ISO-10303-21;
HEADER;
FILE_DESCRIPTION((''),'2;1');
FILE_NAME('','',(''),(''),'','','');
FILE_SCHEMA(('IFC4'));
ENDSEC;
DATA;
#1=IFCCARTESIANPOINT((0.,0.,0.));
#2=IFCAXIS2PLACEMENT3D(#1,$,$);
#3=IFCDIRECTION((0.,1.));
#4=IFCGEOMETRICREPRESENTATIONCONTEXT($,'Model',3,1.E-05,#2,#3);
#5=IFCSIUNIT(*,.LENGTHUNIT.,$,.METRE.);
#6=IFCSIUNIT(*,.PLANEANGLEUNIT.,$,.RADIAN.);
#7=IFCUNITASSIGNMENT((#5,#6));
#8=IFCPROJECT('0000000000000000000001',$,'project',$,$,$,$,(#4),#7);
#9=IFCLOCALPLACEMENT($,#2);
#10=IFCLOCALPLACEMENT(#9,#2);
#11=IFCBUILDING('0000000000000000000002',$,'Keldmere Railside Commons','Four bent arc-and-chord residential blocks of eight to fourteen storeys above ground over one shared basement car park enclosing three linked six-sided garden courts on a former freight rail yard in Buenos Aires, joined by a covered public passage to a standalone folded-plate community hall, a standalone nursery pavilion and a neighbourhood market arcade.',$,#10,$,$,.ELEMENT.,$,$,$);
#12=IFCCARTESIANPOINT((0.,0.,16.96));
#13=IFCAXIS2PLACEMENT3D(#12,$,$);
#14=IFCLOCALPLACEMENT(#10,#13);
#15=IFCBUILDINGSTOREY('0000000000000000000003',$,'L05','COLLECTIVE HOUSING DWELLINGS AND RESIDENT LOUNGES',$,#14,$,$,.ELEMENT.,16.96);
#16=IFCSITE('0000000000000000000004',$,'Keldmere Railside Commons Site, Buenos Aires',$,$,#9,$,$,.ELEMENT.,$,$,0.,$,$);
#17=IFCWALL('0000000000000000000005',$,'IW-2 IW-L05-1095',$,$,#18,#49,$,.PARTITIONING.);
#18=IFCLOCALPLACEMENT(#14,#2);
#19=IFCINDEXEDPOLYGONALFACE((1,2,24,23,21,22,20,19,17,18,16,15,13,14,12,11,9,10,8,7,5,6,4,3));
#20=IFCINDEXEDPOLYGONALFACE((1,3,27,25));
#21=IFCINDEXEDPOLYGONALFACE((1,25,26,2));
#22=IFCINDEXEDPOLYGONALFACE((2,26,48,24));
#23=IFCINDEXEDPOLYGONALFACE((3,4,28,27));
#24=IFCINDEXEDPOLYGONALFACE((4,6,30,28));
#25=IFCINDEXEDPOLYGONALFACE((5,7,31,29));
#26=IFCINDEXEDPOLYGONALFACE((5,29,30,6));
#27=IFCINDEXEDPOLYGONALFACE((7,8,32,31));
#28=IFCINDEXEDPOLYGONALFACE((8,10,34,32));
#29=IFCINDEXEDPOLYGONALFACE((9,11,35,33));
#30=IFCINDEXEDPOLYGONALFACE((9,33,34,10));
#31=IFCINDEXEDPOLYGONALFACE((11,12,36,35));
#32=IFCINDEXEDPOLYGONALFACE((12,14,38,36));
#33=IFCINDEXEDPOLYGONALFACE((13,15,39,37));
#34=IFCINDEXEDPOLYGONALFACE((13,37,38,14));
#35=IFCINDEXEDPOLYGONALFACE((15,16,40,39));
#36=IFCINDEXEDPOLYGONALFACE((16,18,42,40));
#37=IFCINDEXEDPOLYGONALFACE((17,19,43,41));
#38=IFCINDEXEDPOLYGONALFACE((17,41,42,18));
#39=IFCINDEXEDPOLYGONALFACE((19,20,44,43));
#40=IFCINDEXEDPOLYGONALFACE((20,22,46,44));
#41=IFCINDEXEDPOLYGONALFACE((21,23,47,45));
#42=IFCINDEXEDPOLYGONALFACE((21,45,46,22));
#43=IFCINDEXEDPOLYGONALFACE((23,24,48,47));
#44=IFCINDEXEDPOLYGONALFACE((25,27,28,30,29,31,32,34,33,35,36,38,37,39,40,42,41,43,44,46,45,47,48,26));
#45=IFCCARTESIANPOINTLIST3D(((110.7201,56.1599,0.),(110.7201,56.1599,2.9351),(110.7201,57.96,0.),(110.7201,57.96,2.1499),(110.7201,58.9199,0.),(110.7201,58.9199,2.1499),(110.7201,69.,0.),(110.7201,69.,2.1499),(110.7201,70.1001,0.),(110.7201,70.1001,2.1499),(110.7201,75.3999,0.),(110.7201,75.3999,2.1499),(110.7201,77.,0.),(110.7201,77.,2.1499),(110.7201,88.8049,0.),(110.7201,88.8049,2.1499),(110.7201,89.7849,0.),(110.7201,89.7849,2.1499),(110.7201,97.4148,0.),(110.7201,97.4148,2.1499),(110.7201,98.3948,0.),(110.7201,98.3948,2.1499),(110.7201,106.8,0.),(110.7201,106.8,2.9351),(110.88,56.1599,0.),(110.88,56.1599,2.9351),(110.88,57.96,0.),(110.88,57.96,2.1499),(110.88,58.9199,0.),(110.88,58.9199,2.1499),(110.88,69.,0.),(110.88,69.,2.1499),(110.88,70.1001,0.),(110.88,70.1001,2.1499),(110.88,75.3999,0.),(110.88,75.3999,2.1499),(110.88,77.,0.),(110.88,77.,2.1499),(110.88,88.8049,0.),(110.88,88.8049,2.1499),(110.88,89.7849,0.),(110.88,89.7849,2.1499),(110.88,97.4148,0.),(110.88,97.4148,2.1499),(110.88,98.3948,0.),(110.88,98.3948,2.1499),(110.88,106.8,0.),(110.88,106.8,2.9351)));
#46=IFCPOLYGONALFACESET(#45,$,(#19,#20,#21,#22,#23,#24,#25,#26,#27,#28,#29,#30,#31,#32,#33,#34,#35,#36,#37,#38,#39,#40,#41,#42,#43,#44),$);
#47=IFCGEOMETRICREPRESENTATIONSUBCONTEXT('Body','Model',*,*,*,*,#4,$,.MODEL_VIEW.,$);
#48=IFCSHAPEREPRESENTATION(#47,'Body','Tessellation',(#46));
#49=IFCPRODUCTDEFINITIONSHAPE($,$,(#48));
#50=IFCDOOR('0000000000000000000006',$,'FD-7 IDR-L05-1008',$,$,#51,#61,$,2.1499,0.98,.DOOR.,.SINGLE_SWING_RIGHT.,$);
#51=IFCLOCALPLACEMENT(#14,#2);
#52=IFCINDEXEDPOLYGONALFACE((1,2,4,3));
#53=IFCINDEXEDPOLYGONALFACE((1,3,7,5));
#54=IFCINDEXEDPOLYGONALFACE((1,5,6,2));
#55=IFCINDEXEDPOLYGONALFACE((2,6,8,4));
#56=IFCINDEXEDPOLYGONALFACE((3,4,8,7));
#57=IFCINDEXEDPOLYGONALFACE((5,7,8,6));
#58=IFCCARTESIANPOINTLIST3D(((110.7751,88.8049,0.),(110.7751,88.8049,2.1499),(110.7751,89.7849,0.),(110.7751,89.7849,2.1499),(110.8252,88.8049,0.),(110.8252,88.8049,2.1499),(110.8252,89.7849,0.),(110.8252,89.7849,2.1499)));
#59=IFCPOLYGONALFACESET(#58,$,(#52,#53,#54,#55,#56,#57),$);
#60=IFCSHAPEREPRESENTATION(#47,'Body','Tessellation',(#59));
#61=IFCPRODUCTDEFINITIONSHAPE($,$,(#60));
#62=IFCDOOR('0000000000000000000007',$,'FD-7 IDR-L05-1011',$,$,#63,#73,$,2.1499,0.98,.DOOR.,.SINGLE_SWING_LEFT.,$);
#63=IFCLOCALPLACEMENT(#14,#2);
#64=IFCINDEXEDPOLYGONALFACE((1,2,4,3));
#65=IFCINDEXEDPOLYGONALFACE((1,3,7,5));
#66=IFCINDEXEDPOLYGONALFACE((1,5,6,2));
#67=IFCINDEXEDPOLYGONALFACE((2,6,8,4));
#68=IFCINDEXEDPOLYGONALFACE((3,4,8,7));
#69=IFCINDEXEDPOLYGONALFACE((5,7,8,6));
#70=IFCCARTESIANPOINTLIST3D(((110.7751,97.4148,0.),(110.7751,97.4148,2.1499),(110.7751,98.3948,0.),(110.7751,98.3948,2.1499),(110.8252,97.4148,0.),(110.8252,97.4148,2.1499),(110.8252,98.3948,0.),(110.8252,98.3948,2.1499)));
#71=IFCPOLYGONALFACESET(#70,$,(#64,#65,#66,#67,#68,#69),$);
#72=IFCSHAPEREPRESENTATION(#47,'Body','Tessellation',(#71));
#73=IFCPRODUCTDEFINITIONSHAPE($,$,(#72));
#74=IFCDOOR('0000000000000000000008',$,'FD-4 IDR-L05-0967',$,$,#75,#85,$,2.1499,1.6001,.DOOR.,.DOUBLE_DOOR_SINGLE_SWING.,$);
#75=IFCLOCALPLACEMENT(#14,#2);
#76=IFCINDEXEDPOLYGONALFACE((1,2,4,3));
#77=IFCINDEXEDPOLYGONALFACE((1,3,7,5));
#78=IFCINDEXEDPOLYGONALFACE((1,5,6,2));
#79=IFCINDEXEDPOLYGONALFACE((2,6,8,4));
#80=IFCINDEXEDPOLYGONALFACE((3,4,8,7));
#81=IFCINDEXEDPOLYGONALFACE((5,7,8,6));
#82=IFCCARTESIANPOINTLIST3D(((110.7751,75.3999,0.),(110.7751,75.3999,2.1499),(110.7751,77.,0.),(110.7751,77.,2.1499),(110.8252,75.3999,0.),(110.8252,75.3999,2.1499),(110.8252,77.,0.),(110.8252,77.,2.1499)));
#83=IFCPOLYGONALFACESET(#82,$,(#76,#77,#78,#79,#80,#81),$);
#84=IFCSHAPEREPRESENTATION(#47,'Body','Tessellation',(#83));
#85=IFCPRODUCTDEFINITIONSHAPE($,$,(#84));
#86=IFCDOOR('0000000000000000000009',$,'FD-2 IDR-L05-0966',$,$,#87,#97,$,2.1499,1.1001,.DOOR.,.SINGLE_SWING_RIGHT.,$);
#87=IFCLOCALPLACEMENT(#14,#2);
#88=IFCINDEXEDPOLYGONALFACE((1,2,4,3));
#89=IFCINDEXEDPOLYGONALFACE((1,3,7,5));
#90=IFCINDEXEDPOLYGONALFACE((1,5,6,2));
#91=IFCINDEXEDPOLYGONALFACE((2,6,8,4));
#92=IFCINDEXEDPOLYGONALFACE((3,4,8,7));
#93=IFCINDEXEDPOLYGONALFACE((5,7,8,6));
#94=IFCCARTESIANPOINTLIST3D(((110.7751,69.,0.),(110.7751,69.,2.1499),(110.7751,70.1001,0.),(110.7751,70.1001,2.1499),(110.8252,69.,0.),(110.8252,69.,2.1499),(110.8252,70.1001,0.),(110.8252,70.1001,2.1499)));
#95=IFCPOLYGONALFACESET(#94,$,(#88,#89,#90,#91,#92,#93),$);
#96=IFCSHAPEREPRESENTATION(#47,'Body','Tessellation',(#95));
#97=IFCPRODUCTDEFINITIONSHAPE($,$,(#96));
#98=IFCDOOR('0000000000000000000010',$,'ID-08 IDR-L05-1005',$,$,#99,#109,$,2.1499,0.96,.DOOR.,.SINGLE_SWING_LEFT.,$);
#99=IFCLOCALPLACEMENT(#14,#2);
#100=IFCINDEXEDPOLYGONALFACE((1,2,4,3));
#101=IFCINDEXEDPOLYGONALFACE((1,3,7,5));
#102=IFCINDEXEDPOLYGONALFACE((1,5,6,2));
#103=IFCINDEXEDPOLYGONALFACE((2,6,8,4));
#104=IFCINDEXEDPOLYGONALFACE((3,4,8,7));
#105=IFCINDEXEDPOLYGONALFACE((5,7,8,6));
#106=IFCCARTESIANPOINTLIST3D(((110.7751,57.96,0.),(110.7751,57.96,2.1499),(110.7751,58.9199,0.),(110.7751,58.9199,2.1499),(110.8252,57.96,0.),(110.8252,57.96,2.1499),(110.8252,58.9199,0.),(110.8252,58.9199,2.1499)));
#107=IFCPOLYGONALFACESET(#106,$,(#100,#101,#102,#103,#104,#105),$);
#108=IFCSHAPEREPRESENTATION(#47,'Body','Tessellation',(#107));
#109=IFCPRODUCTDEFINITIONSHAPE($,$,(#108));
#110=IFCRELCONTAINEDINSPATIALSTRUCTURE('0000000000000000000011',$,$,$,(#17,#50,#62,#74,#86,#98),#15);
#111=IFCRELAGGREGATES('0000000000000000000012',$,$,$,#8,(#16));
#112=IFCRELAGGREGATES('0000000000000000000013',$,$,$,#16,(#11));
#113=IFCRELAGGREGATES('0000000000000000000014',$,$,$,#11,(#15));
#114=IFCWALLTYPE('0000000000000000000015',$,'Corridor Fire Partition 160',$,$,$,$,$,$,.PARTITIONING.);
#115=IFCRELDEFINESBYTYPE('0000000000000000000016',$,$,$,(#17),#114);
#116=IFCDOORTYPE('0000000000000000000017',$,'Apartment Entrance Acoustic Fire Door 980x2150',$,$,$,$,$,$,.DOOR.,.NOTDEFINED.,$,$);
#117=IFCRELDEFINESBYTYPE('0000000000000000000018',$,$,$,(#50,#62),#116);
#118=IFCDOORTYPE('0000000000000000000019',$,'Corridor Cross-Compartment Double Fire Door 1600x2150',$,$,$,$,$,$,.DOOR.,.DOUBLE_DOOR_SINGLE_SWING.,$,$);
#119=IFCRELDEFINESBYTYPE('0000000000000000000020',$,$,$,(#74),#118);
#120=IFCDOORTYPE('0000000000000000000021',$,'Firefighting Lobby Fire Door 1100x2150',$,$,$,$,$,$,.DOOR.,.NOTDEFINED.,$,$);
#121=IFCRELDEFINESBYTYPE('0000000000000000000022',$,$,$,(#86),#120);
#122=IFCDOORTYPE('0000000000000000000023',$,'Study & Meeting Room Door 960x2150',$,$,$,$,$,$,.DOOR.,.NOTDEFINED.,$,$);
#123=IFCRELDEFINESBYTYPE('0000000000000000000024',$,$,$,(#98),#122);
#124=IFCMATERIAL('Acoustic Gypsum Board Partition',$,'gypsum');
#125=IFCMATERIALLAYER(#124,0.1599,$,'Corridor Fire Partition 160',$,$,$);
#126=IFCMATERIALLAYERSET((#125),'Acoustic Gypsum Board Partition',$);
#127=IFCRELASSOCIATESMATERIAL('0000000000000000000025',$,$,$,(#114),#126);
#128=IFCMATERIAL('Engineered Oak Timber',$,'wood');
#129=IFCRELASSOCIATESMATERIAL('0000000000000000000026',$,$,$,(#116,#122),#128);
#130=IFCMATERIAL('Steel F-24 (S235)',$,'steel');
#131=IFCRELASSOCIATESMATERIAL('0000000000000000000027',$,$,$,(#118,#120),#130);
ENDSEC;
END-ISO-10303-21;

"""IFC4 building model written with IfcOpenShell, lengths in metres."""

from ifc_helpers import new_model, si_unit, direction, frame, frame_2d, origin, place, context, subcontext, project, spatial, rectangle, extrude, material, layer, layer_set, type_object, element, fill, save


model = new_model("IFC4")

# Units and contexts
model_context = context("Model", 3, precision=1e-05, world=origin(), true_north=direction((0.0, 1.0)))
body_context = subcontext(model_context, "Body", "Model", "MODEL_VIEW")
ifc_project = project(units=[si_unit("LENGTHUNIT", "METRE"), si_unit("PLANEANGLEUNIT", "RADIAN")], contexts=[model_context])

# Site, building, storey
site_placement = place(None, origin())
site = spatial("IfcSite", under=ifc_project, at=site_placement, Name="Keldmere Railside Commons Site, Buenos Aires", CompositionType="ELEMENT", RefElevation=0.0)
building_placement = place(site_placement, origin())
building = spatial("IfcBuilding", under=site, at=building_placement, Name="Keldmere Railside Commons", Description="Four bent arc-and-chord residential blocks of eight to fourteen storeys above ground over one shared basement car park enclosing three linked six-sided garden courts on a former freight rail yard in Buenos Aires, joined by a covered public passage to a standalone folded-plate community hall, a standalone nursery pavilion and a neighbourhood market arcade.", CompositionType="ELEMENT")
storey_placement = place(building_placement, frame((0.0, 0.0, 16.96)))
storey = spatial("IfcBuildingStorey", under=building, at=storey_placement, Name="L05", Description="COLLECTIVE HOUSING DWELLINGS AND RESIDENT LOUNGES", CompositionType="ELEMENT", Elevation=16.96)

# Shared definitions
ifc_material_1 = material(Name="Acoustic Gypsum Board Partition", Category="gypsum")
ifc_material_2 = material(Name="Engineered Oak Timber", Category="wood")

# Wall, openings, doors
ifc_layer_1 = layer(ifc_material_1, 0.1599, Name="Corridor Fire Partition 160")
ifc_layer_set_1 = layer_set([ifc_layer_1], Name="Acoustic Gypsum Board Partition")
wall_type_1 = type_object("IfcWallType", Name="Corridor Fire Partition 160", PredefinedType="PARTITIONING", material=ifc_layer_set_1)
wall_1_placement = place(storey_placement, frame((110.8, 56.1599, 0.0), z_axis=(0.0, 0.0, 1.0), x_axis=(0.0, 1.0, 0.0)))
wall_1 = element("IfcWall", 1, at=wall_1_placement, inside=storey, type_object=wall_type_1, Name="IW-2 IW-L05-1095", PredefinedType="PARTITIONING", context=body_context, shape_type="SweptSolid", body=[
    extrude(rectangle(XDim=50.6401, YDim=0.1599, at=frame_2d((25.3201, 0.0))), origin(), (0.0, 0.0, 1.0), 2.9351),
])
opening_1_placement = place(wall_1_placement, frame((12.8401, 0.0, 0.0)))
opening_1 = element("IfcOpeningElement", 2, at=opening_1_placement, cuts=wall_1, PredefinedType="OPENING", context=body_context, shape_type="SweptSolid", body=[
    extrude(rectangle(XDim=1.1001, YDim=2.1499, at=frame_2d((0.55, 1.075))), frame((0.0, 0.0898, 0.0), z_axis=(0.0, -1.0, 0.0), x_axis=(1.0, 0.0, 0.0)), (0.0, 0.0, 1.0), 0.1799),
])
opening_2_placement = place(wall_1_placement, frame((19.24, 0.0, 0.0)))
opening_2 = element("IfcOpeningElement", 3, at=opening_2_placement, cuts=wall_1, PredefinedType="OPENING", context=body_context, shape_type="SweptSolid", body=[
    extrude(rectangle(XDim=1.6001, YDim=2.1499, at=frame_2d((0.8, 1.075))), frame((0.0, 0.0898, 0.0), z_axis=(0.0, -1.0, 0.0), x_axis=(1.0, 0.0, 0.0)), (0.0, 0.0, 1.0), 0.1799),
])
opening_3_placement = place(wall_1_placement, frame((1.8, 0.0, 0.0)))
opening_3 = element("IfcOpeningElement", 4, at=opening_3_placement, cuts=wall_1, PredefinedType="OPENING", context=body_context, shape_type="SweptSolid", body=[
    extrude(rectangle(XDim=0.96, YDim=2.1499, at=frame_2d((0.48, 1.075))), frame((0.0, 0.0898, 0.0), z_axis=(0.0, -1.0, 0.0), x_axis=(1.0, 0.0, 0.0)), (0.0, 0.0, 1.0), 0.1799),
])
opening_4_placement = place(wall_1_placement, frame((32.645, 0.0, 0.0)))
opening_4 = element("IfcOpeningElement", 5, at=opening_4_placement, cuts=wall_1, PredefinedType="OPENING", context=body_context, shape_type="SweptSolid", body=[
    extrude(rectangle(XDim=0.98, YDim=2.1499, at=frame_2d((0.49, 1.075))), frame((0.0, 0.0898, 0.0), z_axis=(0.0, -1.0, 0.0), x_axis=(1.0, 0.0, 0.0)), (0.0, 0.0, 1.0), 0.1799),
])
opening_5_placement = place(wall_1_placement, frame((41.2549, 0.0, 0.0)))
opening_5 = element("IfcOpeningElement", 6, at=opening_5_placement, cuts=wall_1, PredefinedType="OPENING", context=body_context, shape_type="SweptSolid", body=[
    extrude(rectangle(XDim=0.98, YDim=2.1499, at=frame_2d((0.49, 1.075))), frame((0.0, 0.0898, 0.0), z_axis=(0.0, -1.0, 0.0), x_axis=(1.0, 0.0, 0.0)), (0.0, 0.0, 1.0), 0.1799),
])
door_type_1 = type_object("IfcDoorType", Name="Apartment Entrance Acoustic Fire Door 980x2150", OperationType="NOTDEFINED", PredefinedType="DOOR", material=ifc_material_2)
door_1_placement = place(opening_4_placement, origin())
door_1 = element("IfcDoor", 7, at=door_1_placement, inside=storey, type_object=door_type_1, Name="FD-7 IDR-L05-1008", OperationType="SINGLE_SWING_RIGHT", OverallHeight=2.1499, OverallWidth=0.98, PredefinedType="DOOR", context=body_context, shape_type="SweptSolid", body=[
    extrude(rectangle(XDim=0.98, YDim=2.1499, at=frame_2d((0.49, 1.075))), frame((0.0, 0.0249, 0.0), z_axis=(0.0, -1.0, 0.0), x_axis=(1.0, 0.0, 0.0)), (0.0, 0.0, 1.0), 0.05),
])
fill(opening_4, door_1)
door_2_placement = place(opening_5_placement, origin())
door_2 = element("IfcDoor", 8, at=door_2_placement, inside=storey, type_object=door_type_1, Name="FD-7 IDR-L05-1011", OperationType="SINGLE_SWING_LEFT", OverallHeight=2.1499, OverallWidth=0.98, PredefinedType="DOOR", context=body_context, shape_type="SweptSolid", body=[
    extrude(rectangle(XDim=0.98, YDim=2.1499, at=frame_2d((0.49, 1.075))), frame((0.0, 0.0249, 0.0), z_axis=(0.0, -1.0, 0.0), x_axis=(1.0, 0.0, 0.0)), (0.0, 0.0, 1.0), 0.05),
])
fill(opening_5, door_2)
ifc_material_3 = material(Name="Steel F-24 (S235)", Category="steel")
door_type_2 = type_object("IfcDoorType", Name="Corridor Cross-Compartment Double Fire Door 1600x2150", OperationType="DOUBLE_DOOR_SINGLE_SWING", PredefinedType="DOOR", material=ifc_material_3)
door_3_placement = place(opening_2_placement, origin())
door_3 = element("IfcDoor", 9, at=door_3_placement, inside=storey, type_object=door_type_2, Name="FD-4 IDR-L05-0967", OperationType="DOUBLE_DOOR_SINGLE_SWING", OverallHeight=2.1499, OverallWidth=1.6001, PredefinedType="DOOR", context=body_context, shape_type="SweptSolid", body=[
    extrude(rectangle(XDim=1.6001, YDim=2.1499, at=frame_2d((0.8, 1.075))), frame((0.0, 0.0249, 0.0), z_axis=(0.0, -1.0, 0.0), x_axis=(1.0, 0.0, 0.0)), (0.0, 0.0, 1.0), 0.05),
])
fill(opening_2, door_3)
door_type_3 = type_object("IfcDoorType", Name="Firefighting Lobby Fire Door 1100x2150", OperationType="NOTDEFINED", PredefinedType="DOOR", material=ifc_material_3)
door_4_placement = place(opening_1_placement, origin())
door_4 = element("IfcDoor", 10, at=door_4_placement, inside=storey, type_object=door_type_3, Name="FD-2 IDR-L05-0966", OperationType="SINGLE_SWING_RIGHT", OverallHeight=2.1499, OverallWidth=1.1001, PredefinedType="DOOR", context=body_context, shape_type="SweptSolid", body=[
    extrude(rectangle(XDim=1.1001, YDim=2.1499, at=frame_2d((0.55, 1.075))), frame((0.0, 0.0249, 0.0), z_axis=(0.0, -1.0, 0.0), x_axis=(1.0, 0.0, 0.0)), (0.0, 0.0, 1.0), 0.05),
])
fill(opening_1, door_4)
door_type_4 = type_object("IfcDoorType", Name="Study & Meeting Room Door 960x2150", OperationType="NOTDEFINED", PredefinedType="DOOR", material=ifc_material_2)
door_5_placement = place(opening_3_placement, origin())
door_5 = element("IfcDoor", 11, at=door_5_placement, inside=storey, type_object=door_type_4, Name="ID-08 IDR-L05-1005", OperationType="SINGLE_SWING_LEFT", OverallHeight=2.1499, OverallWidth=0.96, PredefinedType="DOOR", context=body_context, shape_type="SweptSolid", body=[
    extrude(rectangle(XDim=0.96, YDim=2.1499, at=frame_2d((0.48, 1.075))), frame((0.0, 0.0249, 0.0), z_axis=(0.0, -1.0, 0.0), x_axis=(1.0, 0.0, 0.0)), (0.0, 0.0, 1.0), 0.05),
])
fill(opening_3, door_5)

save(model, "model.ifc")
